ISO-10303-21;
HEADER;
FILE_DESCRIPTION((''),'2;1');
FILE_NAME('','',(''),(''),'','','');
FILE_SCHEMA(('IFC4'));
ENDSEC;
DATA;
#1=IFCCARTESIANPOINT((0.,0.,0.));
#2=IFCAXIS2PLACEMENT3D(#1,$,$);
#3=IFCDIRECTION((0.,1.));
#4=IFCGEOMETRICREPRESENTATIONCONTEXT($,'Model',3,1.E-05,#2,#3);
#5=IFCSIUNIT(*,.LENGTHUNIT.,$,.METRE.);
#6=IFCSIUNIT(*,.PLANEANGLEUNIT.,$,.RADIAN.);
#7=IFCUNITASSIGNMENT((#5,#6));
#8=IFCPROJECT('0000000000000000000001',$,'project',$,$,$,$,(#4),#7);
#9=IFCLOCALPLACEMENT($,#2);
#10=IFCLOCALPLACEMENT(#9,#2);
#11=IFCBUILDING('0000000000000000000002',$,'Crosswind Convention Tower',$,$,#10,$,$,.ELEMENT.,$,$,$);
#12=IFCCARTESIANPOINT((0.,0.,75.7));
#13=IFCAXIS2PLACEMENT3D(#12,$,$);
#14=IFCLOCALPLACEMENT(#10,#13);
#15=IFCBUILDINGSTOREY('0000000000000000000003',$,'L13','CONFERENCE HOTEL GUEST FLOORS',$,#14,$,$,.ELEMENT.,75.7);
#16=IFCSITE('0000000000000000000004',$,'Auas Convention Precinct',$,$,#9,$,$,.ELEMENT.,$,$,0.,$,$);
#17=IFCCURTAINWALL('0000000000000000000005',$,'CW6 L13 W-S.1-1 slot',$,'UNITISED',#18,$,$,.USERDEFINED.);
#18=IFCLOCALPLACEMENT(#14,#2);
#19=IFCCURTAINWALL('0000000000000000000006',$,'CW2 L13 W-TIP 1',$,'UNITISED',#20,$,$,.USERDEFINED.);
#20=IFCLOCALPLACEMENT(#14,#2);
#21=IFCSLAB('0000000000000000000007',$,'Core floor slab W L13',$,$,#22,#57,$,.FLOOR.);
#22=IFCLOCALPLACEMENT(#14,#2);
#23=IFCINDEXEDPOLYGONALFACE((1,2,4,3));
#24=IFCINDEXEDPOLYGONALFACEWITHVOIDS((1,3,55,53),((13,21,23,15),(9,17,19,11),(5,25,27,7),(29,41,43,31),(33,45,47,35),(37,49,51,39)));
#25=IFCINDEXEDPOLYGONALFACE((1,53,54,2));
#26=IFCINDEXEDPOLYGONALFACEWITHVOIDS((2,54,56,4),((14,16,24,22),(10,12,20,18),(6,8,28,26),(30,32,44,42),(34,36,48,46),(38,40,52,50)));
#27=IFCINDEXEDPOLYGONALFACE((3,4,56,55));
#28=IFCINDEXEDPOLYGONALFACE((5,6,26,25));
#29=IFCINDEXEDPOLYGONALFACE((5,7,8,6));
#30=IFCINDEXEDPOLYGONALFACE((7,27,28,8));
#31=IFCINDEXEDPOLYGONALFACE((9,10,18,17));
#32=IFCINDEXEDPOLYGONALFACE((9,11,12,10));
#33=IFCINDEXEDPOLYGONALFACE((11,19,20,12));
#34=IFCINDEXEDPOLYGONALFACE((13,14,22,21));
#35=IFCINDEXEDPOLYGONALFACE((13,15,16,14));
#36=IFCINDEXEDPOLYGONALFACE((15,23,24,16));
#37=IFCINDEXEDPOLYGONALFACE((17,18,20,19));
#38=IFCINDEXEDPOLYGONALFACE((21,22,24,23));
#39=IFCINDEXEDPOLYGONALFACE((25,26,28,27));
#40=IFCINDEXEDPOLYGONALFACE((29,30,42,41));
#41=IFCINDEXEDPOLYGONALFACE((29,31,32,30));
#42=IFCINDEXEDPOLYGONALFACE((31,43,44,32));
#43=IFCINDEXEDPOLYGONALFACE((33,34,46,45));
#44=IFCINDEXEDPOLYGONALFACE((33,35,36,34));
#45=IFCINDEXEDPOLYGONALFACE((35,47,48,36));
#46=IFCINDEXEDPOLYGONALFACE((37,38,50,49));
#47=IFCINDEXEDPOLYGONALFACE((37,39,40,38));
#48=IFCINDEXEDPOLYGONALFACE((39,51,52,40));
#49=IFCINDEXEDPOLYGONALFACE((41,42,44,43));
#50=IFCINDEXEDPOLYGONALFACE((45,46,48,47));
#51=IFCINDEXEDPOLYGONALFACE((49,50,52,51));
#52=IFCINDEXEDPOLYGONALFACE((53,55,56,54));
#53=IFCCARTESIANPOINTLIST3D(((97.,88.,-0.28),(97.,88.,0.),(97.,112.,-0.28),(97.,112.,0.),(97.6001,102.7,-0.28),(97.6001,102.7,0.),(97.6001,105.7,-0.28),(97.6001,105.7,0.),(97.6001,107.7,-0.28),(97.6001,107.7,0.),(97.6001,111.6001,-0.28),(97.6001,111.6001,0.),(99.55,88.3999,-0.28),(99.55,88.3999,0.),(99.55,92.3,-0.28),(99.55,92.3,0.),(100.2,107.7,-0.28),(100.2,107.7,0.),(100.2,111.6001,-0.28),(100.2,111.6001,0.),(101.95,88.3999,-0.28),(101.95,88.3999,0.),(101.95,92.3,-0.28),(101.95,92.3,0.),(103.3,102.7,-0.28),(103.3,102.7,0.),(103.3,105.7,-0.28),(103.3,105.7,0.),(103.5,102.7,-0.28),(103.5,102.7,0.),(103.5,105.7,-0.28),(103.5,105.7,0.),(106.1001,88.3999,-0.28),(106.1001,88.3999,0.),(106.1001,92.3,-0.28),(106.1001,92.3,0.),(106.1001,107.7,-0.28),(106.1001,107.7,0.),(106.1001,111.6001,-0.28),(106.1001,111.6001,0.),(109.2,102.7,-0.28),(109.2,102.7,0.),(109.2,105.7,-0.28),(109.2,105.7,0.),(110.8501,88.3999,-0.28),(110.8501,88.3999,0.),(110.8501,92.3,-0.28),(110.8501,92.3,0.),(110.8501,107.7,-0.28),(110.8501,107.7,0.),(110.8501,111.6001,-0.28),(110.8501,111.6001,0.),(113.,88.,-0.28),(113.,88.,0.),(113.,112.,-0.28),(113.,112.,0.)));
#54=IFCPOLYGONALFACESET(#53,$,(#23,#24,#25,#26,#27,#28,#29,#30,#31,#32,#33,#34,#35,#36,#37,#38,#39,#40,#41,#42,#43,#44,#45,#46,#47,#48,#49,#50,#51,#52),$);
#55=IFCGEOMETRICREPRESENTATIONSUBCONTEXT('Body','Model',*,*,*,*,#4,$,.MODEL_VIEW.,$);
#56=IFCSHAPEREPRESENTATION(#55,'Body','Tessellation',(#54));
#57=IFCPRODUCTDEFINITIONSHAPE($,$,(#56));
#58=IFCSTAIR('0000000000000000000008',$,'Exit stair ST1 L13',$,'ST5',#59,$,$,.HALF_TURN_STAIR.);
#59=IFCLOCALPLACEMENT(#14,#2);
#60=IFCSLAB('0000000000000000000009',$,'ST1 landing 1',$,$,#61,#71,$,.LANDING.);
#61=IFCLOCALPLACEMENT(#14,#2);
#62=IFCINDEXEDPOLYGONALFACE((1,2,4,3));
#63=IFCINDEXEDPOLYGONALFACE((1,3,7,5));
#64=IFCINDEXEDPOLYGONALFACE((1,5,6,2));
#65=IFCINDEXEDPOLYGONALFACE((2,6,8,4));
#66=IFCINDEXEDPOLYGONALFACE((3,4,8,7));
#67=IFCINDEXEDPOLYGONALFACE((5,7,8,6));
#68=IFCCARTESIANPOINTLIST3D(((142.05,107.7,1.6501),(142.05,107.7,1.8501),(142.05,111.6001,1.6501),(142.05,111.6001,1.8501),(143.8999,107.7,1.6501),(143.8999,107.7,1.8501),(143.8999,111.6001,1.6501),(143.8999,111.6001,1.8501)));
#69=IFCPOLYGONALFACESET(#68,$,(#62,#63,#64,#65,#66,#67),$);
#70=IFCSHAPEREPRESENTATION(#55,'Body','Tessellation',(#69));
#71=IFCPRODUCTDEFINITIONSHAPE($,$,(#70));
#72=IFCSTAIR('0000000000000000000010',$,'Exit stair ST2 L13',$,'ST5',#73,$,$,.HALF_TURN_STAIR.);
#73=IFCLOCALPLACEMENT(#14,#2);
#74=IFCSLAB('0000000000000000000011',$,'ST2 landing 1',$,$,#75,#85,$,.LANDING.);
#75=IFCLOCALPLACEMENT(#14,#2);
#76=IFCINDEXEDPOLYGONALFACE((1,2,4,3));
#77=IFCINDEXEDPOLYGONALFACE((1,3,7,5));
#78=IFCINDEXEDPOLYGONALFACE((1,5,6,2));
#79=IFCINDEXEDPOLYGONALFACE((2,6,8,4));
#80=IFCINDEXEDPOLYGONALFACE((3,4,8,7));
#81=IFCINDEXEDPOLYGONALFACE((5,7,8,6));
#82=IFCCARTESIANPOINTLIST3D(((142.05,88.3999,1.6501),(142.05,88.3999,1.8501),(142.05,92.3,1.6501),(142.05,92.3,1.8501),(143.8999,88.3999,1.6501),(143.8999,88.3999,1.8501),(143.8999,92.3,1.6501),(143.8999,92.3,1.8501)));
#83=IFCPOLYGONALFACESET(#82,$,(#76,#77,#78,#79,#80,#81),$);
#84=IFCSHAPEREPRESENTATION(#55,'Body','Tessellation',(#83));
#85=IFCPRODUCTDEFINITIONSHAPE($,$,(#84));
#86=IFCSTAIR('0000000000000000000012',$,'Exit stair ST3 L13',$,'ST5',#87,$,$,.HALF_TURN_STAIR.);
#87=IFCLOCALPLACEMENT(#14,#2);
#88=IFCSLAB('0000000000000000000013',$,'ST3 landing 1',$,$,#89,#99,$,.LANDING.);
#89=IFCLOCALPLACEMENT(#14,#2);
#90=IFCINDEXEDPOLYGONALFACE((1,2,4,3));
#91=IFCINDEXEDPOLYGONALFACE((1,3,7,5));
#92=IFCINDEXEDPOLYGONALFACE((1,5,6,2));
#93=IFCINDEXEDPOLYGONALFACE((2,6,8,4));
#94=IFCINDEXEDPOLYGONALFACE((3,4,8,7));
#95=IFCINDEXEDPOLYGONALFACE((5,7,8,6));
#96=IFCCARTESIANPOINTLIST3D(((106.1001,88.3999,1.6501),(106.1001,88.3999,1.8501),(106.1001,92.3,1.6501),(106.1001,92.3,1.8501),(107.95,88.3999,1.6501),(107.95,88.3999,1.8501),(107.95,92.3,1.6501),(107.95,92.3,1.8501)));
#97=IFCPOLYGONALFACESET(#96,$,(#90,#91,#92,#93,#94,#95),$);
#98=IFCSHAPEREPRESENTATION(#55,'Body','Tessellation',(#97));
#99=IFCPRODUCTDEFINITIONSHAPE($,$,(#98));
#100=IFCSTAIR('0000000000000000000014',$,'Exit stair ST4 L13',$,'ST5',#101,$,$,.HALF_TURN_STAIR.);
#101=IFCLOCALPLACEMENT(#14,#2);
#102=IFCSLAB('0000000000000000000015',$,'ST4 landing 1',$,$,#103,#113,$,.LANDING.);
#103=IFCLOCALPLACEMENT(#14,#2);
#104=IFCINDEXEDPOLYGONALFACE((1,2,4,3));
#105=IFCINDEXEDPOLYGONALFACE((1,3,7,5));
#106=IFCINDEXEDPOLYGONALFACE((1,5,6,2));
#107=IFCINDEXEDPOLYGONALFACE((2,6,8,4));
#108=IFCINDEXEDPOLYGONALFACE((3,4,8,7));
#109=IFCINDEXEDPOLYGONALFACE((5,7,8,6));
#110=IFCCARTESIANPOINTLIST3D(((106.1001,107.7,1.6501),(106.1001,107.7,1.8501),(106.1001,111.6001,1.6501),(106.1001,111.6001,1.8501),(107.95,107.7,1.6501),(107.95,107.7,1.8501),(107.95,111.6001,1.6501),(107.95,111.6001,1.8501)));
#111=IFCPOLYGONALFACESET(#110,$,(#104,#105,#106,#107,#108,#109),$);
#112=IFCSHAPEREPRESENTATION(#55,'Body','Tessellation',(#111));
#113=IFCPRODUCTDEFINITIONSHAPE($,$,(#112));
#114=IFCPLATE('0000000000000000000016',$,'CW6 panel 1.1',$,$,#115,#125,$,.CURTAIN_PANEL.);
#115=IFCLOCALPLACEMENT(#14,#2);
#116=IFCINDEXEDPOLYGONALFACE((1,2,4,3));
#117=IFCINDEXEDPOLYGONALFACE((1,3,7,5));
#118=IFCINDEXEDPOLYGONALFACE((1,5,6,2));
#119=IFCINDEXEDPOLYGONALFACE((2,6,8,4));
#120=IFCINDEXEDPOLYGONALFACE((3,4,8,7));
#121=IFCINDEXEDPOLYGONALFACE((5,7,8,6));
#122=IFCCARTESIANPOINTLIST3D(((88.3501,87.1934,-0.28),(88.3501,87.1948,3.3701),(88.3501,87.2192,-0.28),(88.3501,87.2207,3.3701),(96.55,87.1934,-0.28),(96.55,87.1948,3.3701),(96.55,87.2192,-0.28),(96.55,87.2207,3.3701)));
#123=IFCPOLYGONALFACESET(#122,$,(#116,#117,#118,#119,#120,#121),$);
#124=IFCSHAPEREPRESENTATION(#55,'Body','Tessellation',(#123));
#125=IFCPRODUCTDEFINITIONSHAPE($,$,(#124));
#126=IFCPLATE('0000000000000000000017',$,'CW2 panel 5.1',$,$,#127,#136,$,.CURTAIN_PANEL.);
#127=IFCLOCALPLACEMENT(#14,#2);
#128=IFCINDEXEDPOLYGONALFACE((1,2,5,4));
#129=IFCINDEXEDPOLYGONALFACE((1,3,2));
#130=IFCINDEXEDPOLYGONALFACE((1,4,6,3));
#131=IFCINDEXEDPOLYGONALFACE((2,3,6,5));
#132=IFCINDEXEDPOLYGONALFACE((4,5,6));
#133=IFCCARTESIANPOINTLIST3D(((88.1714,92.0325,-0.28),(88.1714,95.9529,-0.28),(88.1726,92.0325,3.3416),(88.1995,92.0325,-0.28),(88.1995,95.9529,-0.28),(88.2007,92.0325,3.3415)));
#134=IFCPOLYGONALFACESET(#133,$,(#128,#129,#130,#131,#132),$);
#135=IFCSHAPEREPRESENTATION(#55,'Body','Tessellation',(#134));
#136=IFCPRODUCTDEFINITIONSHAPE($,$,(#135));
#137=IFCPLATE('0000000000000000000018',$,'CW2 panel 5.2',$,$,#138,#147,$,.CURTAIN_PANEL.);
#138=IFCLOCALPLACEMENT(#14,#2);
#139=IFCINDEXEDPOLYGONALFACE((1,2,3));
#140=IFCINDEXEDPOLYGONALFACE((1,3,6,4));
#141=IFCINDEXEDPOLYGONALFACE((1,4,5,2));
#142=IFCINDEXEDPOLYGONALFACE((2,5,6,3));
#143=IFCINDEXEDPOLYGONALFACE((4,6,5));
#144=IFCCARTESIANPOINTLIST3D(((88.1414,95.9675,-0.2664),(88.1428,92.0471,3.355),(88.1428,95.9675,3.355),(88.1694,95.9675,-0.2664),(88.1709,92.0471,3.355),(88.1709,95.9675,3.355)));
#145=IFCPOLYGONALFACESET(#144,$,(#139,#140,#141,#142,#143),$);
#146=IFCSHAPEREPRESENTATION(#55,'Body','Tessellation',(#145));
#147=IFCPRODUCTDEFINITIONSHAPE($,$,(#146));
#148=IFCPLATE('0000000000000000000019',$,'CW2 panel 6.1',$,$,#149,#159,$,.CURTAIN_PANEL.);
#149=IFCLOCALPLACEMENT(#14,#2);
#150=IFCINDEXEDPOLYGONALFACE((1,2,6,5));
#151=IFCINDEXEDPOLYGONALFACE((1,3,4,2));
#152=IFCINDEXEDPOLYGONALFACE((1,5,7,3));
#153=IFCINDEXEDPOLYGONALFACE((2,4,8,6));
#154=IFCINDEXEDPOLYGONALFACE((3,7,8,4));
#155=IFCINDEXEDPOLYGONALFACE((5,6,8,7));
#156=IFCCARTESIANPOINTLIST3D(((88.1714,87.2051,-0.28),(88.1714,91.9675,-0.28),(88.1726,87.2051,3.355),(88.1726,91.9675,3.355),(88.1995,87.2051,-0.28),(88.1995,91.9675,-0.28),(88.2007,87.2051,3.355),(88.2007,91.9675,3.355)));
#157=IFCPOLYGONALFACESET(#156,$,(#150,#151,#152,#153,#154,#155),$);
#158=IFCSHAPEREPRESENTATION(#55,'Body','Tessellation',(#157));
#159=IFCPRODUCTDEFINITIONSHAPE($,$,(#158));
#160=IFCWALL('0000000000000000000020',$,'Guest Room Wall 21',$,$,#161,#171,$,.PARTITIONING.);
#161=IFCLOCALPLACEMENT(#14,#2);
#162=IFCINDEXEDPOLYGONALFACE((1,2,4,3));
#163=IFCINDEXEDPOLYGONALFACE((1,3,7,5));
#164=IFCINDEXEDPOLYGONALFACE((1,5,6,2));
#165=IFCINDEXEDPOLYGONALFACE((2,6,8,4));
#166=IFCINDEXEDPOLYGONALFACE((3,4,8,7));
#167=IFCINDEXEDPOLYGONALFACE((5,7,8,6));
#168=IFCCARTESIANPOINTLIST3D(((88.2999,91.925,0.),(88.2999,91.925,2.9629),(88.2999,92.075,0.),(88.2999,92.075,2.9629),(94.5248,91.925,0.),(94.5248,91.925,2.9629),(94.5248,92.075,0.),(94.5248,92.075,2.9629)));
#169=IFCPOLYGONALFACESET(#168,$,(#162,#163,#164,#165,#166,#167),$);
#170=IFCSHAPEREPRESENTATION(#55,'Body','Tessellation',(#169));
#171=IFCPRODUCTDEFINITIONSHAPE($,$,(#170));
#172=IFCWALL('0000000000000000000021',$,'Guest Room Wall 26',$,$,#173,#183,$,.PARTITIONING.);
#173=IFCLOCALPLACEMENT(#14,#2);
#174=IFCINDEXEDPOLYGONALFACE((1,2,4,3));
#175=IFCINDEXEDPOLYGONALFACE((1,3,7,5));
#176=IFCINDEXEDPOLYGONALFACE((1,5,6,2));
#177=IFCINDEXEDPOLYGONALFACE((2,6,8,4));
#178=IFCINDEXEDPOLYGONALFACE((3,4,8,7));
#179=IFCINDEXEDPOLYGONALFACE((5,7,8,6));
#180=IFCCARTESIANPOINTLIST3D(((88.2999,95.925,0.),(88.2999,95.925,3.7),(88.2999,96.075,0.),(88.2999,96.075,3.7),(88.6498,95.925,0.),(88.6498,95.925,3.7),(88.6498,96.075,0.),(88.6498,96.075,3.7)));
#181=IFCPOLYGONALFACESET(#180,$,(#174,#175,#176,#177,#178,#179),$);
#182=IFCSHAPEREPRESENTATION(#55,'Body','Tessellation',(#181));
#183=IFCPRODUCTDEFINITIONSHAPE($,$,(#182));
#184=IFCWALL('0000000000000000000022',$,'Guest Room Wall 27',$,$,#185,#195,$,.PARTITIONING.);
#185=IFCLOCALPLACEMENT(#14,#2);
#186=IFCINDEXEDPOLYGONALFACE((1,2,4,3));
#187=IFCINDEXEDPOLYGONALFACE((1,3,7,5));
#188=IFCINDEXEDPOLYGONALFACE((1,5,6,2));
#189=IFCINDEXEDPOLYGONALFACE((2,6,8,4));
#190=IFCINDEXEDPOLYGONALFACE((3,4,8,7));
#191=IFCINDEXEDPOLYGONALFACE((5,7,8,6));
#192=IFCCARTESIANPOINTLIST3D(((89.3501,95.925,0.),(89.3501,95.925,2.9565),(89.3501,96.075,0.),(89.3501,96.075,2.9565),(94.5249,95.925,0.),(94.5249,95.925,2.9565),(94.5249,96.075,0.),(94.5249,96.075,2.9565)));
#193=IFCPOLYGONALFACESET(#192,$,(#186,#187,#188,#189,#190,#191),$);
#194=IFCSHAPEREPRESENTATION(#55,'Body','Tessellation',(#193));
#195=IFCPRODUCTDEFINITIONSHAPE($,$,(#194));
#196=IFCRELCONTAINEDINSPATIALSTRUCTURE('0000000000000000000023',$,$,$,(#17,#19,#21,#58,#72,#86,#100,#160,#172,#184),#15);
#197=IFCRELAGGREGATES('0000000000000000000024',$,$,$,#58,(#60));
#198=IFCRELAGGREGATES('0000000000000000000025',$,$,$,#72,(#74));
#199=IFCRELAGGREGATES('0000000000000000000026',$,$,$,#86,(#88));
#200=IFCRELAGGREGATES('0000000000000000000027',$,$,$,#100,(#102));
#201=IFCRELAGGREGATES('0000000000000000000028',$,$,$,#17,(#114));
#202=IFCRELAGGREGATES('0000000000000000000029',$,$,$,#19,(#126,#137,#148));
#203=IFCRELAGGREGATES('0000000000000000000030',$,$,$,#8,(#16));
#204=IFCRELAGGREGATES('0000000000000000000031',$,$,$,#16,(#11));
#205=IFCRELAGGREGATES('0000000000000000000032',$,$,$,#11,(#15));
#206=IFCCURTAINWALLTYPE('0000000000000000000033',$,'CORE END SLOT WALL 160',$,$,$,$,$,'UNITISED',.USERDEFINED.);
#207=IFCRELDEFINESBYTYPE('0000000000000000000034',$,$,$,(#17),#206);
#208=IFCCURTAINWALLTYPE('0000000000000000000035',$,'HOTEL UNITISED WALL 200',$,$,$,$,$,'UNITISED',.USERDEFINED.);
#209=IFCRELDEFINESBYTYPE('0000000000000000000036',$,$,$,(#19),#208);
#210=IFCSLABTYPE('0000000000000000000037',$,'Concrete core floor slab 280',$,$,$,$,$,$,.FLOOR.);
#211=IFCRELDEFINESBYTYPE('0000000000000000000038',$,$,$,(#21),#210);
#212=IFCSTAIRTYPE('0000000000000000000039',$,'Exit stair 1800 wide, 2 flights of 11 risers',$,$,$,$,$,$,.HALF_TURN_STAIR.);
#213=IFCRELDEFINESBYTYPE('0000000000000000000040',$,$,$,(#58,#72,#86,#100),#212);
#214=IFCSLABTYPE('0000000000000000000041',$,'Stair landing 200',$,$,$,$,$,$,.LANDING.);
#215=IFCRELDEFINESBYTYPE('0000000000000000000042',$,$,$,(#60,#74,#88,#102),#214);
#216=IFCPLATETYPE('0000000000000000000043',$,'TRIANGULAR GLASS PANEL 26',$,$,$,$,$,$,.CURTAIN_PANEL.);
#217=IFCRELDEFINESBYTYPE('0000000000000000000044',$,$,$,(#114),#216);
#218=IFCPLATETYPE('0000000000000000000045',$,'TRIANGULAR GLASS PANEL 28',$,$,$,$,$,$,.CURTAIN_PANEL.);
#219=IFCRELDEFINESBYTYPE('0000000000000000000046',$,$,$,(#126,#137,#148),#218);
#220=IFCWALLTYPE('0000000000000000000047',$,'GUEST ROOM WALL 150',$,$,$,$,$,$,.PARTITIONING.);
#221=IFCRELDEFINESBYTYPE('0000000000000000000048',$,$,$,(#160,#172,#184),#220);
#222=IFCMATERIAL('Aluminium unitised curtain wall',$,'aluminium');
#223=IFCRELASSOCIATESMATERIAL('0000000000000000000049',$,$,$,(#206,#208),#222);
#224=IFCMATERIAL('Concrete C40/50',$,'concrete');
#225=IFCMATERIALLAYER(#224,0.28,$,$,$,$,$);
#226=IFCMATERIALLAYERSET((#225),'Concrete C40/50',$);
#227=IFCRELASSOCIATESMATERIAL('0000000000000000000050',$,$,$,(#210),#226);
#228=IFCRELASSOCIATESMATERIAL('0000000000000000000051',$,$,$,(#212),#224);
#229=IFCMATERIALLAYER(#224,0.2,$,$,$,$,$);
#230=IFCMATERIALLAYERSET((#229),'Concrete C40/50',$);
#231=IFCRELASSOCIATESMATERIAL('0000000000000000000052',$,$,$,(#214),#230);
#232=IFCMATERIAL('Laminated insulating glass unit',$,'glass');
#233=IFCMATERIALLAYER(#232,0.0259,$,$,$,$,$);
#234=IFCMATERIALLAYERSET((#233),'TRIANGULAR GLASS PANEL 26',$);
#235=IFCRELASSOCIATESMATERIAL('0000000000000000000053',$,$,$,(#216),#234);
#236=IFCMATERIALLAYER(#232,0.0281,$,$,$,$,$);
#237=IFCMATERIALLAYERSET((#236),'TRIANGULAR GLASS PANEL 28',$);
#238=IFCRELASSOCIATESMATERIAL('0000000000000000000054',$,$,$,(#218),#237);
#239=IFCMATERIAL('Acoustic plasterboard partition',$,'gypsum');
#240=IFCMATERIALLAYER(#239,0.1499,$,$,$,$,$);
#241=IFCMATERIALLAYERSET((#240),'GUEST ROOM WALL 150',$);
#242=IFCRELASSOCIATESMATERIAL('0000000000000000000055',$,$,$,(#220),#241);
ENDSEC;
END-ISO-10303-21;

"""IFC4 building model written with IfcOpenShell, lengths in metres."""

from ifc_helpers import new_model, si_unit, direction, frame, frame_2d, origin, place, context, subcontext, project, spatial, polyline, rectangle, outline, extrude, material, layer, layer_set, type_object, element, aggregate, save


model = new_model("IFC4")

# Units and contexts
model_context = context("Model", 3, precision=1e-05, world=origin(), true_north=direction((0.0, 1.0)))
body_context = subcontext(model_context, "Body", "Model", "MODEL_VIEW")
ifc_project = project(units=[si_unit("LENGTHUNIT", "METRE"), si_unit("PLANEANGLEUNIT", "RADIAN")], contexts=[model_context])

# Site, building, storey
site_placement = place(None, origin())
site = spatial("IfcSite", under=ifc_project, at=site_placement, Name="Auas Convention Precinct", CompositionType="ELEMENT", RefElevation=0.0)
building_placement = place(site_placement, origin())
building = spatial("IfcBuilding", under=site, at=building_placement, Name="Crosswind Convention Tower", CompositionType="ELEMENT")
storey_placement = place(building_placement, frame((0.0, 0.0, 75.7)))
storey = spatial("IfcBuildingStorey", under=building, at=storey_placement, Name="L13", Description="CONFERENCE HOTEL GUEST FLOORS", CompositionType="ELEMENT", Elevation=75.7)

# Curtain wall
ifc_material_1 = material(Name="Aluminium unitised curtain wall", Category="aluminium")
curtain_wall_type_1 = type_object("IfcCurtainWallType", Name="CORE END SLOT WALL 160", ElementType="UNITISED", PredefinedType="USERDEFINED", material=ifc_material_1)
curtain_wall_1_placement = place(storey_placement, origin())
curtain_wall_1 = element("IfcCurtainWall", 1, at=curtain_wall_1_placement, inside=storey, type_object=curtain_wall_type_1, Name="CW6 L13 W-S.1-1 slot", ObjectType="UNITISED", PredefinedType="USERDEFINED")

# Curtain wall
curtain_wall_type_2 = type_object("IfcCurtainWallType", Name="HOTEL UNITISED WALL 200", ElementType="UNITISED", PredefinedType="USERDEFINED", material=ifc_material_1)
curtain_wall_2_placement = place(storey_placement, origin())
curtain_wall_2 = element("IfcCurtainWall", 2, at=curtain_wall_2_placement, inside=storey, type_object=curtain_wall_type_2, Name="CW2 L13 W-TIP 1", ObjectType="UNITISED", PredefinedType="USERDEFINED")

# Slab
ifc_material_2 = material(Name="Concrete C40/50", Category="concrete")
ifc_layer_1 = layer(ifc_material_2, 0.28)
ifc_layer_set_1 = layer_set([ifc_layer_1], Name="Concrete C40/50")
slab_type_1 = type_object("IfcSlabType", Name="Concrete core floor slab 280", PredefinedType="FLOOR", material=ifc_layer_set_1)
slab_1_placement = place(storey_placement, frame((0.0, 0.0, -0.28)))
element("IfcSlab", 3, at=slab_1_placement, inside=storey, type_object=slab_type_1, Name="Core floor slab W L13", PredefinedType="FLOOR", context=body_context, shape_type="SweptSolid", body=[
    extrude(outline(polyline([(97.0, 88.0), (113.0, 88.0), (113.0, 112.0), (97.0, 112.0), (97.0, 88.0)]), holes=[polyline([(109.2, 102.7), (109.2, 105.7), (103.5, 105.7), (103.5, 102.7), (109.2, 102.7)]), polyline([(103.3, 102.7), (103.3, 105.7), (97.6001, 105.7), (97.6001, 102.7), (103.3, 102.7)]), polyline([(101.95, 88.3999), (101.95, 92.3), (99.55, 92.3), (99.55, 88.3999), (101.95, 88.3999)]), polyline([(100.2, 107.7), (100.2, 111.6001), (97.6001, 111.6001), (97.6001, 107.7), (100.2, 107.7)]), polyline([(110.8501, 88.3999), (110.8501, 92.3), (106.1001, 92.3), (106.1001, 88.3999), (110.8501, 88.3999)]), polyline([(110.8501, 107.7), (110.8501, 111.6001), (106.1001, 111.6001), (106.1001, 107.7), (110.8501, 107.7)])]), origin(), (0.0, 0.0, 1.0), 0.28),
])

# Stairs, slabs
stair_type = type_object("IfcStairType", Name="Exit stair 1800 wide, 2 flights of 11 risers", PredefinedType="HALF_TURN_STAIR", material=ifc_material_2)
stair_1_placement = place(storey_placement, origin())
stair_1 = element("IfcStair", 4, at=stair_1_placement, inside=storey, type_object=stair_type, Name="Exit stair ST1 L13", ObjectType="ST5", PredefinedType="HALF_TURN_STAIR")
ifc_layer_2 = layer(ifc_material_2, 0.2)
ifc_layer_set_2 = layer_set([ifc_layer_2], Name="Concrete C40/50")
slab_type_2 = type_object("IfcSlabType", Name="Stair landing 200", PredefinedType="LANDING", material=ifc_layer_set_2)
slab_2_placement = place(storey_placement, frame((0.0, 0.0, 1.6501)))
slab_2 = element("IfcSlab", 5, at=slab_2_placement, type_object=slab_type_2, Name="ST1 landing 1", PredefinedType="LANDING", context=body_context, shape_type="SweptSolid", body=[
    extrude(outline(polyline([(143.8999, 107.7), (143.8999, 111.6001), (142.05, 111.6001), (142.05, 107.7), (143.8999, 107.7)])), origin(), (0.0, 0.0, 1.0), 0.2),
])
aggregate(stair_1, [slab_2])
stair_2_placement = place(storey_placement, origin())
stair_2 = element("IfcStair", 6, at=stair_2_placement, inside=storey, type_object=stair_type, Name="Exit stair ST2 L13", ObjectType="ST5", PredefinedType="HALF_TURN_STAIR")
slab_3_placement = place(storey_placement, frame((0.0, 0.0, 1.6501)))
slab_3 = element("IfcSlab", 7, at=slab_3_placement, type_object=slab_type_2, Name="ST2 landing 1", PredefinedType="LANDING", context=body_context, shape_type="SweptSolid", body=[
    extrude(outline(polyline([(143.8999, 88.3999), (143.8999, 92.3), (142.05, 92.3), (142.05, 88.3999), (143.8999, 88.3999)])), origin(), (0.0, 0.0, 1.0), 0.2),
])
aggregate(stair_2, [slab_3])
stair_3_placement = place(storey_placement, origin())
stair_3 = element("IfcStair", 8, at=stair_3_placement, inside=storey, type_object=stair_type, Name="Exit stair ST3 L13", ObjectType="ST5", PredefinedType="HALF_TURN_STAIR")
slab_4_placement = place(storey_placement, frame((0.0, 0.0, 1.6501)))
slab_4 = element("IfcSlab", 9, at=slab_4_placement, type_object=slab_type_2, Name="ST3 landing 1", PredefinedType="LANDING", context=body_context, shape_type="SweptSolid", body=[
    extrude(outline(polyline([(107.95, 88.3999), (107.95, 92.3), (106.1001, 92.3), (106.1001, 88.3999), (107.95, 88.3999)])), origin(), (0.0, 0.0, 1.0), 0.2),
])
aggregate(stair_3, [slab_4])
stair_4_placement = place(storey_placement, origin())
stair_4 = element("IfcStair", 10, at=stair_4_placement, inside=storey, type_object=stair_type, Name="Exit stair ST4 L13", ObjectType="ST5", PredefinedType="HALF_TURN_STAIR")
slab_5_placement = place(storey_placement, frame((0.0, 0.0, 1.6501)))
slab_5 = element("IfcSlab", 11, at=slab_5_placement, type_object=slab_type_2, Name="ST4 landing 1", PredefinedType="LANDING", context=body_context, shape_type="SweptSolid", body=[
    extrude(outline(polyline([(107.95, 107.7), (107.95, 111.6001), (106.1001, 111.6001), (106.1001, 107.7), (107.95, 107.7)])), origin(), (0.0, 0.0, 1.0), 0.2),
])
aggregate(stair_4, [slab_5])

# Plates
ifc_material_3 = material(Name="Laminated insulating glass unit", Category="glass")
ifc_layer_3 = layer(ifc_material_3, 0.0259)
ifc_layer_set_3 = layer_set([ifc_layer_3], Name="TRIANGULAR GLASS PANEL 26")
plate_type_1 = type_object("IfcPlateType", Name="TRIANGULAR GLASS PANEL 26", PredefinedType="CURTAIN_PANEL", material=ifc_layer_set_3)
plate_1_placement = place(storey_placement, frame((88.3501, 87.1934, -0.28), z_axis=(0.0, -1.0, 0.000401), x_axis=(1.0, 0.0, 0.0)))
plate_1 = element("IfcPlate", 12, at=plate_1_placement, type_object=plate_type_1, Name="CW6 panel 1.1", PredefinedType="CURTAIN_PANEL", context=body_context, shape_type="SweptSolid", body=[
    extrude(outline(polyline([(0.0, 0.0), (8.2, 0.0), (8.2, 3.6501), (0.0, 3.6501), (0.0, 0.0)])), origin(), (0.0, 0.0, -1.0), 0.0259),
])
aggregate(curtain_wall_1, [plate_1])
ifc_layer_4 = layer(ifc_material_3, 0.0281)
ifc_layer_set_4 = layer_set([ifc_layer_4], Name="TRIANGULAR GLASS PANEL 28")
plate_type_2 = type_object("IfcPlateType", Name="TRIANGULAR GLASS PANEL 28", PredefinedType="CURTAIN_PANEL", material=ifc_layer_set_4)
plate_2_placement = place(storey_placement, frame((88.1714, 92.0325, -0.28), z_axis=(-1.0, 0.0, 0.000337), x_axis=(0.000337, 0.0, 1.0)))
plate_2 = element("IfcPlate", 13, at=plate_2_placement, type_object=plate_type_2, Name="CW2 panel 5.1", PredefinedType="CURTAIN_PANEL", context=body_context, shape_type="SweptSolid", body=[
    extrude(outline(polyline([(0.0, 0.0), (3.6216, 0.0), (0.0, 3.9204), (0.0, 0.0)])), origin(), (0.0, 0.0, -1.0), 0.0281),
])
plate_3_placement = place(storey_placement, frame((88.1428, 95.9675, 3.355), z_axis=(-1.0, 0.0, 0.000405), x_axis=(-0.000405, 0.0, -1.0)))
plate_3 = element("IfcPlate", 14, at=plate_3_placement, type_object=plate_type_2, Name="CW2 panel 5.2", PredefinedType="CURTAIN_PANEL", context=body_context, shape_type="SweptSolid", body=[
    extrude(outline(polyline([(0.0, 0.0), (3.6213, 0.0), (0.0, 3.9204), (0.0, 0.0)])), origin(), (0.0, 0.0, -1.0), 0.0281),
])
plate_4_placement = place(storey_placement, frame((88.1714, 91.9675, -0.28), z_axis=(-1.0, 0.0, 0.000336), x_axis=(0.0, -1.0, 0.0)))
plate_4 = element("IfcPlate", 15, at=plate_4_placement, type_object=plate_type_2, Name="CW2 panel 6.1", PredefinedType="CURTAIN_PANEL", context=body_context, shape_type="SweptSolid", body=[
    extrude(outline(polyline([(0.0, 0.0), (4.7625, 0.0), (4.7625, 3.635), (0.0, 3.635), (0.0, 0.0)])), origin(), (0.0, 0.0, -1.0), 0.0281),
])
aggregate(curtain_wall_2, [plate_2, plate_3, plate_4])

# Walls
ifc_material_4 = material(Name="Acoustic plasterboard partition", Category="gypsum")
ifc_layer_5 = layer(ifc_material_4, 0.1499)
ifc_layer_set_5 = layer_set([ifc_layer_5], Name="GUEST ROOM WALL 150")
wall_type = type_object("IfcWallType", Name="GUEST ROOM WALL 150", PredefinedType="PARTITIONING", material=ifc_layer_set_5)
wall_1_placement = place(storey_placement, frame((88.3, 92.0, 0.0), z_axis=(0.0, 0.0, 1.0), x_axis=(1.0, 0.0, 0.0)))
element("IfcWall", 16, at=wall_1_placement, inside=storey, type_object=wall_type, Name="Guest Room Wall 21", PredefinedType="PARTITIONING", context=body_context, shape_type="SweptSolid", body=[
    extrude(rectangle(XDim=6.2249, YDim=0.1499, at=frame_2d((3.1123, 0.0))), origin(), (0.0, 0.0, 1.0), 2.9629),
])
wall_2_placement = place(storey_placement, frame((88.3, 96.0, 0.0), z_axis=(0.0, 0.0, 1.0), x_axis=(1.0, 0.0, 0.0)))
element("IfcWall", 17, at=wall_2_placement, inside=storey, type_object=wall_type, Name="Guest Room Wall 26", PredefinedType="PARTITIONING", context=body_context, shape_type="SweptSolid", body=[
    extrude(rectangle(XDim=0.3499, YDim=0.1499, at=frame_2d((0.1748, 0.0))), origin(), (0.0, 0.0, 1.0), 3.7),
])
wall_3_placement = place(storey_placement, frame((89.3501, 96.0, 0.0), z_axis=(0.0, 0.0, 1.0), x_axis=(1.0, 0.0, 0.0)))
element("IfcWall", 18, at=wall_3_placement, inside=storey, type_object=wall_type, Name="Guest Room Wall 27", PredefinedType="PARTITIONING", context=body_context, shape_type="SweptSolid", body=[
    extrude(rectangle(XDim=5.1748, YDim=0.1499, at=frame_2d((2.5874, 0.0))), origin(), (0.0, 0.0, 1.0), 2.9565),
])

save(model, "model.ifc")
